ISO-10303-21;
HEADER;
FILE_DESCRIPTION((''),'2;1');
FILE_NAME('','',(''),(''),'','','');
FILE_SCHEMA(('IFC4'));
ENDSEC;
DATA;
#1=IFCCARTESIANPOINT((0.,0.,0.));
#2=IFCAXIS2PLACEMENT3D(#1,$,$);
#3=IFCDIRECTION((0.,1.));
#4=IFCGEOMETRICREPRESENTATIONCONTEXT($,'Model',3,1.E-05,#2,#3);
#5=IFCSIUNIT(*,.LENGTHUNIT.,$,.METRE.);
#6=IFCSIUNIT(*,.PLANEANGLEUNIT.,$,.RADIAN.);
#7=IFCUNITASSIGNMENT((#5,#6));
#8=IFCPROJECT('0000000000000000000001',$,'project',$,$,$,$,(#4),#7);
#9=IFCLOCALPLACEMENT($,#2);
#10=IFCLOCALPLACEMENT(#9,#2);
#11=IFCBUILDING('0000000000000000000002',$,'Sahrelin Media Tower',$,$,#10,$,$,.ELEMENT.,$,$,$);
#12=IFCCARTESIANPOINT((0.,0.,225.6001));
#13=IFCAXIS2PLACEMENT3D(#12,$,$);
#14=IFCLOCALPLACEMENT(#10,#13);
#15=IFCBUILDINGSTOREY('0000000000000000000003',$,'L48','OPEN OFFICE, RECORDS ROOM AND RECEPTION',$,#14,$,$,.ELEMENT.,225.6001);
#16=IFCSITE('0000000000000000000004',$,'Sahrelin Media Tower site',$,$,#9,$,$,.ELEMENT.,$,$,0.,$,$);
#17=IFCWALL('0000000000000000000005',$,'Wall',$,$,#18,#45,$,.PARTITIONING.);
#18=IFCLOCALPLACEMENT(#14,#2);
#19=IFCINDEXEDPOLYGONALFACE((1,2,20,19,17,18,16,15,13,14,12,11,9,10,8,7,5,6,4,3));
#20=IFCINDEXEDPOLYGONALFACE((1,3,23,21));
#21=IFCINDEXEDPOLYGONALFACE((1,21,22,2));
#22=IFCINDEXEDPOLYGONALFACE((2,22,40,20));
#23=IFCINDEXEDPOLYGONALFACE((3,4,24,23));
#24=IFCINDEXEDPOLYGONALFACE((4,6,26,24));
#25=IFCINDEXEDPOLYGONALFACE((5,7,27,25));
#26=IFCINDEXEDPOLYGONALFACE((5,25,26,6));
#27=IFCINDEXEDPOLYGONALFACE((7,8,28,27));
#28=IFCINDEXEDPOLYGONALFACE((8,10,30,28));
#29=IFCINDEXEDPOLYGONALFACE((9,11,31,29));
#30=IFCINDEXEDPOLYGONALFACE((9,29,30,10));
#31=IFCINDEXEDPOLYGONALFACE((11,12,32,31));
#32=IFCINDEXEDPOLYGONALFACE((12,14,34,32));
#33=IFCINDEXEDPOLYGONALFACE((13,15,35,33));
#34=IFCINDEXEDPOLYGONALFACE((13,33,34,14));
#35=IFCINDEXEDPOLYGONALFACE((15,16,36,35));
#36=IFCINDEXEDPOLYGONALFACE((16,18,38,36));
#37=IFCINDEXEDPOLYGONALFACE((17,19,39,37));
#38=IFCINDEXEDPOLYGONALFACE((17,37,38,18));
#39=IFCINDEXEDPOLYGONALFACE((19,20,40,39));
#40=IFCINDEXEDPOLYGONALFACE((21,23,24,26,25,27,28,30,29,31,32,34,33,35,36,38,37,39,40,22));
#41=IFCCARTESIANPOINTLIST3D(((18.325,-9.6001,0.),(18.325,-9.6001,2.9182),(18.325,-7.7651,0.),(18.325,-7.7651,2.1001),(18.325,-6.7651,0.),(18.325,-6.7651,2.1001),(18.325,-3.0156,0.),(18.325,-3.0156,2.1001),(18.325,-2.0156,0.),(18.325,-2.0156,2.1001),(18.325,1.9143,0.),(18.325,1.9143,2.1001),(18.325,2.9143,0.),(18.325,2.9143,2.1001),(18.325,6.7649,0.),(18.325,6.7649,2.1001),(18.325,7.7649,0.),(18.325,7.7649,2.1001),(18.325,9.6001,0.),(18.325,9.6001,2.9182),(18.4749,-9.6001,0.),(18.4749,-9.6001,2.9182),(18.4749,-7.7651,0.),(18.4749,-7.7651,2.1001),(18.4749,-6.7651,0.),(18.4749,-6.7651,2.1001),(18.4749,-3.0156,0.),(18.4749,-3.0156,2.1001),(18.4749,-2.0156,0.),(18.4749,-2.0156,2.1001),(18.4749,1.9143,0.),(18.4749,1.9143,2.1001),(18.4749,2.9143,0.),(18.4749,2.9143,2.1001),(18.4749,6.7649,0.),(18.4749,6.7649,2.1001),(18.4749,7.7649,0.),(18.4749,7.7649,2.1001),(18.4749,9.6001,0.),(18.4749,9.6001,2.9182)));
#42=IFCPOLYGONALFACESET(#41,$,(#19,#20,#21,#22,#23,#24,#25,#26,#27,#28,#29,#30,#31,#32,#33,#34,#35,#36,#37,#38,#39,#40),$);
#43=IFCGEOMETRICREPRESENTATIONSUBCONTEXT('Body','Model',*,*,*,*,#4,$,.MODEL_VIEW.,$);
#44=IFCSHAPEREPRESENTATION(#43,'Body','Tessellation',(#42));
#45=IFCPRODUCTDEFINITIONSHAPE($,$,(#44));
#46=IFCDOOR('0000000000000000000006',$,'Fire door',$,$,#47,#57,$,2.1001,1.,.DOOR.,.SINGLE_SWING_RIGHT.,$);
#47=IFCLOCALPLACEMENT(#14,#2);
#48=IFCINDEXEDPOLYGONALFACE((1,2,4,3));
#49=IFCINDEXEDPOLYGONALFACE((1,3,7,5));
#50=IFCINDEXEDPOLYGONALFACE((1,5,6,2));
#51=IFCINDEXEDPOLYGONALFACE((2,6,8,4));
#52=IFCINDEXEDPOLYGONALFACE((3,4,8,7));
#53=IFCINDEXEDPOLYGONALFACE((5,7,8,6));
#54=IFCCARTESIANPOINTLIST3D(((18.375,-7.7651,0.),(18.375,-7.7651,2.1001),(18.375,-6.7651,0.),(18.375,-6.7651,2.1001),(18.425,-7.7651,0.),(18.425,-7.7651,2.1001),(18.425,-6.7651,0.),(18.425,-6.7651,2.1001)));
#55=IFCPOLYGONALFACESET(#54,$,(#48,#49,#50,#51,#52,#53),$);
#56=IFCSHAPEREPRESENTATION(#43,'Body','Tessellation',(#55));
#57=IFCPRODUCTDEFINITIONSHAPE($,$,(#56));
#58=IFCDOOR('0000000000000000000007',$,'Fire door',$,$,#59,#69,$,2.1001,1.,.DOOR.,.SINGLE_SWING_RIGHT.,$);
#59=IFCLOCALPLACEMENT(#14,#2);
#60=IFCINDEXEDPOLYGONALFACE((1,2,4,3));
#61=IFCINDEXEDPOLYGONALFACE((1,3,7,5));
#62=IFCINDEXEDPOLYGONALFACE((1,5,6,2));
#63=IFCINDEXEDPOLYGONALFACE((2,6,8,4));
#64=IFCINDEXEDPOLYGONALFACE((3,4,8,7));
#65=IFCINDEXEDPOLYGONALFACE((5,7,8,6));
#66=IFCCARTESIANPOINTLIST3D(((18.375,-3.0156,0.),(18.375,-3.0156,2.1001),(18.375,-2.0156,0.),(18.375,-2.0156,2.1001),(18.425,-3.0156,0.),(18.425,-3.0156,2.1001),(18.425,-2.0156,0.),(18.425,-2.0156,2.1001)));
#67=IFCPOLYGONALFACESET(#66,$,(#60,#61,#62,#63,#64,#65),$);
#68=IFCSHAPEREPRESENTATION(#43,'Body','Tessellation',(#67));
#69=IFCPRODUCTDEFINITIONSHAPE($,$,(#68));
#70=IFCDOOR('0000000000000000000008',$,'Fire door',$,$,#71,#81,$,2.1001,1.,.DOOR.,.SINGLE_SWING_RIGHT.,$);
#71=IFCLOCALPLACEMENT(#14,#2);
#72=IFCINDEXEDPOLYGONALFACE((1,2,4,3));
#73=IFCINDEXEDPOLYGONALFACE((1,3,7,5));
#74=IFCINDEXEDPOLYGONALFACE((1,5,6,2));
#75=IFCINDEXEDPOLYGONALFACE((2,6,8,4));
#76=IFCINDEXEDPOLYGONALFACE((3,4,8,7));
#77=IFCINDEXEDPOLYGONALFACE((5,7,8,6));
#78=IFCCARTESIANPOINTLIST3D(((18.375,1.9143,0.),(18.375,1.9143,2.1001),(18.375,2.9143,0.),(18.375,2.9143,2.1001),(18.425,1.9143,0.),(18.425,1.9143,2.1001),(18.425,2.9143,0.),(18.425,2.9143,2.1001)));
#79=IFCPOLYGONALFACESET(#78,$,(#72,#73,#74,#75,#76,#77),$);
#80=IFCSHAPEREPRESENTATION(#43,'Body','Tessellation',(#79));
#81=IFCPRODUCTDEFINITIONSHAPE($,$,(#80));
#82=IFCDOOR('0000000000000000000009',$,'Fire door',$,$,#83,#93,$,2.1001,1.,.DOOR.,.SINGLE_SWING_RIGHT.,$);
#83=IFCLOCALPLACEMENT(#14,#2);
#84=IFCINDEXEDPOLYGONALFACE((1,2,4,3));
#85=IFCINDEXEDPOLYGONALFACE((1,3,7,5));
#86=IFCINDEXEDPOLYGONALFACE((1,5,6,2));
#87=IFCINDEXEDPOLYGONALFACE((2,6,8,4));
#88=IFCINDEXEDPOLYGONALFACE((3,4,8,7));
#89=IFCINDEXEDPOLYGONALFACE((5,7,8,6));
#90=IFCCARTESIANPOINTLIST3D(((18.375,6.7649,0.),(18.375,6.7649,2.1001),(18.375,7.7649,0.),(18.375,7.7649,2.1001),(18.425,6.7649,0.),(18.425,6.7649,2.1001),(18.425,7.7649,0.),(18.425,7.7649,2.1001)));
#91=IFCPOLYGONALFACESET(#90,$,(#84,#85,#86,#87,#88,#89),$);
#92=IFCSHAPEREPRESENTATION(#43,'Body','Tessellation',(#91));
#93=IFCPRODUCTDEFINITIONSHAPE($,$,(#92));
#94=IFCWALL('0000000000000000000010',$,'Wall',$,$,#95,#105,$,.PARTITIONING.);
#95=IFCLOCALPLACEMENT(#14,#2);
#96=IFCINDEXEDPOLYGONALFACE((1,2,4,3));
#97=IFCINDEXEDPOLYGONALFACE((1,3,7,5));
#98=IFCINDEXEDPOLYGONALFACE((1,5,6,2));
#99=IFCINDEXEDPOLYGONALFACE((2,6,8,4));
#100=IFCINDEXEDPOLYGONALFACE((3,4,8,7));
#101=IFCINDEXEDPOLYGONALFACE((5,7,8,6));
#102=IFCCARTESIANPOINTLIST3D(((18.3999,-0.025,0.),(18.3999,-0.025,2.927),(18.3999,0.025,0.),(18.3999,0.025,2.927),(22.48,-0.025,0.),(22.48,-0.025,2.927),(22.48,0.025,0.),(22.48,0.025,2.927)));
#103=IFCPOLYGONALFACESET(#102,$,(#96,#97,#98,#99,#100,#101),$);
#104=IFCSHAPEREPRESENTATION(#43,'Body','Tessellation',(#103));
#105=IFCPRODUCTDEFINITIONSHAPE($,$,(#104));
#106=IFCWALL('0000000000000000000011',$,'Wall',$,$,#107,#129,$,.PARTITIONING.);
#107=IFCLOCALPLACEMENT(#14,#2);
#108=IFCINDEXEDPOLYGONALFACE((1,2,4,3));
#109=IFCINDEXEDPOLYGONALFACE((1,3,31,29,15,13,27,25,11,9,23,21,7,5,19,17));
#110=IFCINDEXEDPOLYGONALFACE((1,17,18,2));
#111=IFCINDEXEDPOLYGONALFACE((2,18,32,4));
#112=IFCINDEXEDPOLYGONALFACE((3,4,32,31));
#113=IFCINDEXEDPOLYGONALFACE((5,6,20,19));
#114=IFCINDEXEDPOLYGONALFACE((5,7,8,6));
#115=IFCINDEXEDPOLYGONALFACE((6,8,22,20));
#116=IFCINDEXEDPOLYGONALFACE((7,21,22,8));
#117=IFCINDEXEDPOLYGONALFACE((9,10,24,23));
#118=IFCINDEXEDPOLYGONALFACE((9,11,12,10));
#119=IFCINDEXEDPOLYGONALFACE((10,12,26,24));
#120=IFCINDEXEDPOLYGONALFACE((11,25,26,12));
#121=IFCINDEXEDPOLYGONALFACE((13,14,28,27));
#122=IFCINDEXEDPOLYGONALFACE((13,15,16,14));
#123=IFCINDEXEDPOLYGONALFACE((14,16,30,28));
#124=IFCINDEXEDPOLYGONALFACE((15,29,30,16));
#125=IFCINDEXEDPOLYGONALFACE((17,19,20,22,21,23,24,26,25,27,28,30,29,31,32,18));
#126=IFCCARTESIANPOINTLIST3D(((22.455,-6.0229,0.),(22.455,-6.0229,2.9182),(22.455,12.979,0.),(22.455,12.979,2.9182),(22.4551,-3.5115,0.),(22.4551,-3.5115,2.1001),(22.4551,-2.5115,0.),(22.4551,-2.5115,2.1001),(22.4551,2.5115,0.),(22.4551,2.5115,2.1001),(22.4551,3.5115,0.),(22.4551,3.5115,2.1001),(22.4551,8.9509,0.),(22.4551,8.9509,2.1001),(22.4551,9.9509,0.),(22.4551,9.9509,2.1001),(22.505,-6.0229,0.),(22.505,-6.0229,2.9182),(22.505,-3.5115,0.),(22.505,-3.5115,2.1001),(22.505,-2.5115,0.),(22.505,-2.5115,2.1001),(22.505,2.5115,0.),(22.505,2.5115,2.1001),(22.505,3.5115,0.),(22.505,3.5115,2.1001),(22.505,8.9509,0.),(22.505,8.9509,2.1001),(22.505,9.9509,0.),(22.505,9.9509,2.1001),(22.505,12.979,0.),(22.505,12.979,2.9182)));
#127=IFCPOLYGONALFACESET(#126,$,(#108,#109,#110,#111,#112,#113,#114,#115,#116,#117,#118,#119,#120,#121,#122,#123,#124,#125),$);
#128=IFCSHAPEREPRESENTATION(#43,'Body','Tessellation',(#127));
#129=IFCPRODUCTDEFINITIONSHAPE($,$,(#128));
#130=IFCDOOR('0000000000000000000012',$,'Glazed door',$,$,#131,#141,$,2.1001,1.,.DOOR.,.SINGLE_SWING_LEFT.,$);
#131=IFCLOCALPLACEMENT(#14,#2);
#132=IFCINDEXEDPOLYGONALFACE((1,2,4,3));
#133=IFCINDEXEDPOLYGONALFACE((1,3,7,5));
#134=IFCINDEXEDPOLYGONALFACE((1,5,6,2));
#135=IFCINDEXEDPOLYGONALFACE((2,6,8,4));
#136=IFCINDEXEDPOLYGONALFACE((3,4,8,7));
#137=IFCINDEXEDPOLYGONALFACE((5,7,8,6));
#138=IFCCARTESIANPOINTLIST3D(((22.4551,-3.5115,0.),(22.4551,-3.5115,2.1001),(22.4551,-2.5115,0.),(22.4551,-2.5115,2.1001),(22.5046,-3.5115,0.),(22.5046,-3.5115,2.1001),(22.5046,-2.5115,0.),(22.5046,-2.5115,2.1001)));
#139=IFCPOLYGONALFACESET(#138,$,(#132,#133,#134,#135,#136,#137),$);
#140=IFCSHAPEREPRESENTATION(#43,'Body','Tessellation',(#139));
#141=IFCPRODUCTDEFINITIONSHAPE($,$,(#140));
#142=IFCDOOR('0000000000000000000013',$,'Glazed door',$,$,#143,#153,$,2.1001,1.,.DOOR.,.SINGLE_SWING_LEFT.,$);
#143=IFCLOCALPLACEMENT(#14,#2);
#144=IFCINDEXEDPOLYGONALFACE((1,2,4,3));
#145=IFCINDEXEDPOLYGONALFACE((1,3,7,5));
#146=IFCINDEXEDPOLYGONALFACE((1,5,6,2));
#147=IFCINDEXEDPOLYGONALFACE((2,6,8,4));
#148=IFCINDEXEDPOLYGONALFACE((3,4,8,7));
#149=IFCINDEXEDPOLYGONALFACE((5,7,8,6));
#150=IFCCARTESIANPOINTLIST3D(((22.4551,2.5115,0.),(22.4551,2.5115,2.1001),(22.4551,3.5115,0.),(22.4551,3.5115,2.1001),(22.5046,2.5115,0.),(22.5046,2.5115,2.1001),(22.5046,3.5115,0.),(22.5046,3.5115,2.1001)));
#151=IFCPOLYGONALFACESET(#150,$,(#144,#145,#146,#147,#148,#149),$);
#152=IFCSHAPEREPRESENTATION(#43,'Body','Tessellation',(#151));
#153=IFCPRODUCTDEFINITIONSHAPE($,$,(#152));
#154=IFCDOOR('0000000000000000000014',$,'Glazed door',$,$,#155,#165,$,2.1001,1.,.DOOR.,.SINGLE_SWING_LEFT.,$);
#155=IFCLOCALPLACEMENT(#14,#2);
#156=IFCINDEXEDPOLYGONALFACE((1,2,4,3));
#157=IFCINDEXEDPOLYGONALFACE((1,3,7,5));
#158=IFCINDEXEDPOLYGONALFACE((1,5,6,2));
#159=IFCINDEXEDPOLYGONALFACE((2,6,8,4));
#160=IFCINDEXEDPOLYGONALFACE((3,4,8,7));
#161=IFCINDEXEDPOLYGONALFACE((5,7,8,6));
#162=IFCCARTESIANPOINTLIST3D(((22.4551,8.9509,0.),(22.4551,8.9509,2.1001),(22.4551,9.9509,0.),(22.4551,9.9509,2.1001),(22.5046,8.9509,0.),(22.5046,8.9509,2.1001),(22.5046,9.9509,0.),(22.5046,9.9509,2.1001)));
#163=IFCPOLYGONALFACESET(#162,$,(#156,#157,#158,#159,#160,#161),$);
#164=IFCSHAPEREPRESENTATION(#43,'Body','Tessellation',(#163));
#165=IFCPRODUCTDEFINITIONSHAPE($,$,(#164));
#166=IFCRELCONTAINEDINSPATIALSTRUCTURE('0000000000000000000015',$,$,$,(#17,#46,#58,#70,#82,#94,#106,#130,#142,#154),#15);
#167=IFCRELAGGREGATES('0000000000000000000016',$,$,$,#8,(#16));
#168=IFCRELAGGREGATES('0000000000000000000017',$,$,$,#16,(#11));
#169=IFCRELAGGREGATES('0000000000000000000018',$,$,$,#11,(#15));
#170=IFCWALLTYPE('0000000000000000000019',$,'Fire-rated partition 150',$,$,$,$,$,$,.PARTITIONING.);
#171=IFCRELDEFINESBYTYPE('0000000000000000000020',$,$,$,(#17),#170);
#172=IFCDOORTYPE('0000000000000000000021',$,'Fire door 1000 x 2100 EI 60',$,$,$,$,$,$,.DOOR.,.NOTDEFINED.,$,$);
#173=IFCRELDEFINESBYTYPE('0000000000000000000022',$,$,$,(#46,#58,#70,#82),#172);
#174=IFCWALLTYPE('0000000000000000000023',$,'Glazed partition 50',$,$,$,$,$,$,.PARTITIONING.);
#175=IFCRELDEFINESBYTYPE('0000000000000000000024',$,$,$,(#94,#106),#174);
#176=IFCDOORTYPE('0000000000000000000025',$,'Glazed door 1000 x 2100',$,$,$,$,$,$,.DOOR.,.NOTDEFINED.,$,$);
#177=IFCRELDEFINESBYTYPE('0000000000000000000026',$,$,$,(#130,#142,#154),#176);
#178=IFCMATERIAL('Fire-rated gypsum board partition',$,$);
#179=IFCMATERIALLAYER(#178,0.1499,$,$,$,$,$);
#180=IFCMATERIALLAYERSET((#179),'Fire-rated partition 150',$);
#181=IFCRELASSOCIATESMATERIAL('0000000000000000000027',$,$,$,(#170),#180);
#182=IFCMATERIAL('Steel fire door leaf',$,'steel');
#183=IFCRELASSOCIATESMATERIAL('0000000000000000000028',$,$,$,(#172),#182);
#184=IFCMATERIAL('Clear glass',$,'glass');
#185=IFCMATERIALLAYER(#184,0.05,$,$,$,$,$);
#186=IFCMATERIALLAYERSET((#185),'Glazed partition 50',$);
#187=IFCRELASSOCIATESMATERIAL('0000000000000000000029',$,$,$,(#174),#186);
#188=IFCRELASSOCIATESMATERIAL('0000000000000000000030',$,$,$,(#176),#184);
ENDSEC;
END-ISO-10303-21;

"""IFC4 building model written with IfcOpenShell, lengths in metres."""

from ifc_helpers import new_model, si_unit, direction, frame, frame_2d, origin, place, context, subcontext, project, spatial, rectangle, extrude, material, layer, layer_set, type_object, element, fill, save


model = new_model("IFC4")

# Units and contexts
model_context = context("Model", 3, precision=1e-05, world=origin(), true_north=direction((0.0, 1.0)))
body_context = subcontext(model_context, "Body", "Model", "MODEL_VIEW")
ifc_project = project(units=[si_unit("LENGTHUNIT", "METRE"), si_unit("PLANEANGLEUNIT", "RADIAN")], contexts=[model_context])

# Site, building, storey
site_placement = place(None, origin())
site = spatial("IfcSite", under=ifc_project, at=site_placement, Name="Sahrelin Media Tower site", CompositionType="ELEMENT", RefElevation=0.0)
building_placement = place(site_placement, origin())
building = spatial("IfcBuilding", under=site, at=building_placement, Name="Sahrelin Media Tower", CompositionType="ELEMENT")
storey_placement = place(building_placement, frame((0.0, 0.0, 225.6001)))
storey = spatial("IfcBuildingStorey", under=building, at=storey_placement, Name="L48", Description="OPEN OFFICE, RECORDS ROOM AND RECEPTION", CompositionType="ELEMENT", Elevation=225.6001)

# Shared definitions
ifc_material_1 = material(Name="Fire-rated gypsum board partition")
ifc_layer_1 = layer(ifc_material_1, 0.1499)
ifc_layer_set_1 = layer_set([ifc_layer_1], Name="Fire-rated partition 150")
wall_type_1 = type_object("IfcWallType", Name="Fire-rated partition 150", PredefinedType="PARTITIONING", material=ifc_layer_set_1)

# Wall, openings, doors
wall_1_placement = place(storey_placement, frame((18.3999, -9.6001, 0.0), z_axis=(0.0, 0.0, 1.0), x_axis=(0.0, 1.0, 0.0)))
wall_1 = element("IfcWall", 1, at=wall_1_placement, inside=storey, type_object=wall_type_1, Name="Wall", PredefinedType="PARTITIONING", context=body_context, shape_type="SweptSolid", body=[
    extrude(rectangle(XDim=19.2002, YDim=0.1499, at=frame_2d((9.6001, 0.0))), origin(), (0.0, 0.0, 1.0), 2.9182),
])
opening_1_placement = place(wall_1_placement, frame((1.835, 0.0, 0.0)))
opening_1 = element("IfcOpeningElement", 2, at=opening_1_placement, cuts=wall_1, PredefinedType="OPENING", context=body_context, shape_type="SweptSolid", body=[
    extrude(rectangle(XDim=1.0, YDim=2.1001, at=frame_2d((0.5, 1.05))), frame((0.0, 0.075, 0.0), z_axis=(0.0, -1.0, 0.0), x_axis=(1.0, 0.0, 0.0)), (0.0, 0.0, 1.0), 0.1499),
])
opening_2_placement = place(wall_1_placement, frame((6.5845, 0.0, 0.0)))
opening_2 = element("IfcOpeningElement", 3, at=opening_2_placement, cuts=wall_1, PredefinedType="OPENING", context=body_context, shape_type="SweptSolid", body=[
    extrude(rectangle(XDim=1.0, YDim=2.1001, at=frame_2d((0.5, 1.05))), frame((0.0, 0.075, 0.0), z_axis=(0.0, -1.0, 0.0), x_axis=(1.0, 0.0, 0.0)), (0.0, 0.0, 1.0), 0.1499),
])
opening_3_placement = place(wall_1_placement, frame((11.5144, 0.0, 0.0)))
opening_3 = element("IfcOpeningElement", 4, at=opening_3_placement, cuts=wall_1, PredefinedType="OPENING", context=body_context, shape_type="SweptSolid", body=[
    extrude(rectangle(XDim=1.0, YDim=2.1001, at=frame_2d((0.5, 1.05))), frame((0.0, 0.075, 0.0), z_axis=(0.0, -1.0, 0.0), x_axis=(1.0, 0.0, 0.0)), (0.0, 0.0, 1.0), 0.1499),
])
opening_4_placement = place(wall_1_placement, frame((16.365, 0.0, 0.0)))
opening_4 = element("IfcOpeningElement", 5, at=opening_4_placement, cuts=wall_1, PredefinedType="OPENING", context=body_context, shape_type="SweptSolid", body=[
    extrude(rectangle(XDim=1.0, YDim=2.1001, at=frame_2d((0.5, 1.05))), frame((0.0, 0.075, 0.0), z_axis=(0.0, -1.0, 0.0), x_axis=(1.0, 0.0, 0.0)), (0.0, 0.0, 1.0), 0.1499),
])
ifc_material_2 = material(Name="Steel fire door leaf", Category="steel")
door_type_1 = type_object("IfcDoorType", Name="Fire door 1000 x 2100 EI 60", OperationType="NOTDEFINED", PredefinedType="DOOR", material=ifc_material_2)
door_1_placement = place(opening_1_placement, origin())
door_1 = element("IfcDoor", 6, at=door_1_placement, inside=storey, type_object=door_type_1, Name="Fire door", OperationType="SINGLE_SWING_RIGHT", OverallHeight=2.1001, OverallWidth=1.0, PredefinedType="DOOR", context=body_context, shape_type="SweptSolid", body=[
    extrude(rectangle(XDim=1.0, YDim=2.1001, at=frame_2d((0.5, 1.05))), frame((0.0, 0.0249, 0.0), z_axis=(0.0, -1.0, 0.0), x_axis=(1.0, 0.0, 0.0)), (0.0, 0.0, 1.0), 0.05),
])
fill(opening_1, door_1)
door_2_placement = place(opening_2_placement, origin())
door_2 = element("IfcDoor", 7, at=door_2_placement, inside=storey, type_object=door_type_1, Name="Fire door", OperationType="SINGLE_SWING_RIGHT", OverallHeight=2.1001, OverallWidth=1.0, PredefinedType="DOOR", context=body_context, shape_type="SweptSolid", body=[
    extrude(rectangle(XDim=1.0, YDim=2.1001, at=frame_2d((0.5, 1.05))), frame((0.0, 0.0249, 0.0), z_axis=(0.0, -1.0, 0.0), x_axis=(1.0, 0.0, 0.0)), (0.0, 0.0, 1.0), 0.05),
])
fill(opening_2, door_2)
door_3_placement = place(opening_3_placement, origin())
door_3 = element("IfcDoor", 8, at=door_3_placement, inside=storey, type_object=door_type_1, Name="Fire door", OperationType="SINGLE_SWING_RIGHT", OverallHeight=2.1001, OverallWidth=1.0, PredefinedType="DOOR", context=body_context, shape_type="SweptSolid", body=[
    extrude(rectangle(XDim=1.0, YDim=2.1001, at=frame_2d((0.5, 1.05))), frame((0.0, 0.0249, 0.0), z_axis=(0.0, -1.0, 0.0), x_axis=(1.0, 0.0, 0.0)), (0.0, 0.0, 1.0), 0.05),
])
fill(opening_3, door_3)
door_4_placement = place(opening_4_placement, origin())
door_4 = element("IfcDoor", 9, at=door_4_placement, inside=storey, type_object=door_type_1, Name="Fire door", OperationType="SINGLE_SWING_RIGHT", OverallHeight=2.1001, OverallWidth=1.0, PredefinedType="DOOR", context=body_context, shape_type="SweptSolid", body=[
    extrude(rectangle(XDim=1.0, YDim=2.1001, at=frame_2d((0.5, 1.05))), frame((0.0, 0.0249, 0.0), z_axis=(0.0, -1.0, 0.0), x_axis=(1.0, 0.0, 0.0)), (0.0, 0.0, 1.0), 0.05),
])
fill(opening_4, door_4)

# Wall
ifc_material_3 = material(Name="Clear glass", Category="glass")
ifc_layer_2 = layer(ifc_material_3, 0.05)
ifc_layer_set_2 = layer_set([ifc_layer_2], Name="Glazed partition 50")
wall_type_2 = type_object("IfcWallType", Name="Glazed partition 50", PredefinedType="PARTITIONING", material=ifc_layer_set_2)
wall_2_placement = place(storey_placement, frame((18.3999, 0.0, 0.0), z_axis=(0.0, 0.0, 1.0), x_axis=(1.0, 0.0, 0.0)))
element("IfcWall", 10, at=wall_2_placement, inside=storey, type_object=wall_type_2, Name="Wall", PredefinedType="PARTITIONING", context=body_context, shape_type="SweptSolid", body=[
    extrude(rectangle(XDim=4.0801, YDim=0.05, at=frame_2d((2.04, 0.0))), origin(), (0.0, 0.0, 1.0), 2.927),
])

# Wall, openings, doors
wall_3_placement = place(storey_placement, frame((22.48, -6.0229, 0.0), z_axis=(0.0, 0.0, 1.0), x_axis=(0.0, 1.0, 0.0)))
wall_3 = element("IfcWall", 11, at=wall_3_placement, inside=storey, type_object=wall_type_2, Name="Wall", PredefinedType="PARTITIONING", context=body_context, shape_type="SweptSolid", body=[
    extrude(rectangle(XDim=19.002, YDim=0.05, at=frame_2d((9.501, 0.0))), origin(), (0.0, 0.0, 1.0), 2.9182),
])
opening_5_placement = place(wall_3_placement, frame((2.5115, 0.0, 0.0)))
opening_5 = element("IfcOpeningElement", 12, at=opening_5_placement, cuts=wall_3, PredefinedType="OPENING", context=body_context, shape_type="SweptSolid", body=[
    extrude(rectangle(XDim=1.0, YDim=2.1001, at=frame_2d((0.5, 1.05))), frame((0.0, 0.0249, 0.0), z_axis=(0.0, -1.0, 0.0), x_axis=(1.0, 0.0, 0.0)), (0.0, 0.0, 1.0), 0.05),
])
opening_6_placement = place(wall_3_placement, frame((8.5344, 0.0, 0.0)))
opening_6 = element("IfcOpeningElement", 13, at=opening_6_placement, cuts=wall_3, PredefinedType="OPENING", context=body_context, shape_type="SweptSolid", body=[
    extrude(rectangle(XDim=1.0, YDim=2.1001, at=frame_2d((0.5, 1.05))), frame((0.0, 0.0249, 0.0), z_axis=(0.0, -1.0, 0.0), x_axis=(1.0, 0.0, 0.0)), (0.0, 0.0, 1.0), 0.05),
])
opening_7_placement = place(wall_3_placement, frame((14.9739, 0.0, 0.0)))
opening_7 = element("IfcOpeningElement", 14, at=opening_7_placement, cuts=wall_3, PredefinedType="OPENING", context=body_context, shape_type="SweptSolid", body=[
    extrude(rectangle(XDim=1.0, YDim=2.1001, at=frame_2d((0.5, 1.05))), frame((0.0, 0.0249, 0.0), z_axis=(0.0, -1.0, 0.0), x_axis=(1.0, 0.0, 0.0)), (0.0, 0.0, 1.0), 0.05),
])
door_type_2 = type_object("IfcDoorType", Name="Glazed door 1000 x 2100", OperationType="NOTDEFINED", PredefinedType="DOOR", material=ifc_material_3)
door_5_placement = place(opening_5_placement, origin())
door_5 = element("IfcDoor", 15, at=door_5_placement, inside=storey, type_object=door_type_2, Name="Glazed door", OperationType="SINGLE_SWING_LEFT", OverallHeight=2.1001, OverallWidth=1.0, PredefinedType="DOOR", context=body_context, shape_type="SweptSolid", body=[
    extrude(rectangle(XDim=1.0, YDim=2.1001, at=frame_2d((0.5, 1.05))), frame((0.0, 0.0249, 0.0), z_axis=(0.0, -1.0, 0.0), x_axis=(1.0, 0.0, 0.0)), (0.0, 0.0, 1.0), 0.0496),
])
fill(opening_5, door_5)
door_6_placement = place(opening_6_placement, origin())
door_6 = element("IfcDoor", 16, at=door_6_placement, inside=storey, type_object=door_type_2, Name="Glazed door", OperationType="SINGLE_SWING_LEFT", OverallHeight=2.1001, OverallWidth=1.0, PredefinedType="DOOR", context=body_context, shape_type="SweptSolid", body=[
    extrude(rectangle(XDim=1.0, YDim=2.1001, at=frame_2d((0.5, 1.05))), frame((0.0, 0.0249, 0.0), z_axis=(0.0, -1.0, 0.0), x_axis=(1.0, 0.0, 0.0)), (0.0, 0.0, 1.0), 0.0496),
])
fill(opening_6, door_6)
door_7_placement = place(opening_7_placement, origin())
door_7 = element("IfcDoor", 17, at=door_7_placement, inside=storey, type_object=door_type_2, Name="Glazed door", OperationType="SINGLE_SWING_LEFT", OverallHeight=2.1001, OverallWidth=1.0, PredefinedType="DOOR", context=body_context, shape_type="SweptSolid", body=[
    extrude(rectangle(XDim=1.0, YDim=2.1001, at=frame_2d((0.5, 1.05))), frame((0.0, 0.0249, 0.0), z_axis=(0.0, -1.0, 0.0), x_axis=(1.0, 0.0, 0.0)), (0.0, 0.0, 1.0), 0.0496),
])
fill(opening_7, door_7)

save(model, "model.ifc")
